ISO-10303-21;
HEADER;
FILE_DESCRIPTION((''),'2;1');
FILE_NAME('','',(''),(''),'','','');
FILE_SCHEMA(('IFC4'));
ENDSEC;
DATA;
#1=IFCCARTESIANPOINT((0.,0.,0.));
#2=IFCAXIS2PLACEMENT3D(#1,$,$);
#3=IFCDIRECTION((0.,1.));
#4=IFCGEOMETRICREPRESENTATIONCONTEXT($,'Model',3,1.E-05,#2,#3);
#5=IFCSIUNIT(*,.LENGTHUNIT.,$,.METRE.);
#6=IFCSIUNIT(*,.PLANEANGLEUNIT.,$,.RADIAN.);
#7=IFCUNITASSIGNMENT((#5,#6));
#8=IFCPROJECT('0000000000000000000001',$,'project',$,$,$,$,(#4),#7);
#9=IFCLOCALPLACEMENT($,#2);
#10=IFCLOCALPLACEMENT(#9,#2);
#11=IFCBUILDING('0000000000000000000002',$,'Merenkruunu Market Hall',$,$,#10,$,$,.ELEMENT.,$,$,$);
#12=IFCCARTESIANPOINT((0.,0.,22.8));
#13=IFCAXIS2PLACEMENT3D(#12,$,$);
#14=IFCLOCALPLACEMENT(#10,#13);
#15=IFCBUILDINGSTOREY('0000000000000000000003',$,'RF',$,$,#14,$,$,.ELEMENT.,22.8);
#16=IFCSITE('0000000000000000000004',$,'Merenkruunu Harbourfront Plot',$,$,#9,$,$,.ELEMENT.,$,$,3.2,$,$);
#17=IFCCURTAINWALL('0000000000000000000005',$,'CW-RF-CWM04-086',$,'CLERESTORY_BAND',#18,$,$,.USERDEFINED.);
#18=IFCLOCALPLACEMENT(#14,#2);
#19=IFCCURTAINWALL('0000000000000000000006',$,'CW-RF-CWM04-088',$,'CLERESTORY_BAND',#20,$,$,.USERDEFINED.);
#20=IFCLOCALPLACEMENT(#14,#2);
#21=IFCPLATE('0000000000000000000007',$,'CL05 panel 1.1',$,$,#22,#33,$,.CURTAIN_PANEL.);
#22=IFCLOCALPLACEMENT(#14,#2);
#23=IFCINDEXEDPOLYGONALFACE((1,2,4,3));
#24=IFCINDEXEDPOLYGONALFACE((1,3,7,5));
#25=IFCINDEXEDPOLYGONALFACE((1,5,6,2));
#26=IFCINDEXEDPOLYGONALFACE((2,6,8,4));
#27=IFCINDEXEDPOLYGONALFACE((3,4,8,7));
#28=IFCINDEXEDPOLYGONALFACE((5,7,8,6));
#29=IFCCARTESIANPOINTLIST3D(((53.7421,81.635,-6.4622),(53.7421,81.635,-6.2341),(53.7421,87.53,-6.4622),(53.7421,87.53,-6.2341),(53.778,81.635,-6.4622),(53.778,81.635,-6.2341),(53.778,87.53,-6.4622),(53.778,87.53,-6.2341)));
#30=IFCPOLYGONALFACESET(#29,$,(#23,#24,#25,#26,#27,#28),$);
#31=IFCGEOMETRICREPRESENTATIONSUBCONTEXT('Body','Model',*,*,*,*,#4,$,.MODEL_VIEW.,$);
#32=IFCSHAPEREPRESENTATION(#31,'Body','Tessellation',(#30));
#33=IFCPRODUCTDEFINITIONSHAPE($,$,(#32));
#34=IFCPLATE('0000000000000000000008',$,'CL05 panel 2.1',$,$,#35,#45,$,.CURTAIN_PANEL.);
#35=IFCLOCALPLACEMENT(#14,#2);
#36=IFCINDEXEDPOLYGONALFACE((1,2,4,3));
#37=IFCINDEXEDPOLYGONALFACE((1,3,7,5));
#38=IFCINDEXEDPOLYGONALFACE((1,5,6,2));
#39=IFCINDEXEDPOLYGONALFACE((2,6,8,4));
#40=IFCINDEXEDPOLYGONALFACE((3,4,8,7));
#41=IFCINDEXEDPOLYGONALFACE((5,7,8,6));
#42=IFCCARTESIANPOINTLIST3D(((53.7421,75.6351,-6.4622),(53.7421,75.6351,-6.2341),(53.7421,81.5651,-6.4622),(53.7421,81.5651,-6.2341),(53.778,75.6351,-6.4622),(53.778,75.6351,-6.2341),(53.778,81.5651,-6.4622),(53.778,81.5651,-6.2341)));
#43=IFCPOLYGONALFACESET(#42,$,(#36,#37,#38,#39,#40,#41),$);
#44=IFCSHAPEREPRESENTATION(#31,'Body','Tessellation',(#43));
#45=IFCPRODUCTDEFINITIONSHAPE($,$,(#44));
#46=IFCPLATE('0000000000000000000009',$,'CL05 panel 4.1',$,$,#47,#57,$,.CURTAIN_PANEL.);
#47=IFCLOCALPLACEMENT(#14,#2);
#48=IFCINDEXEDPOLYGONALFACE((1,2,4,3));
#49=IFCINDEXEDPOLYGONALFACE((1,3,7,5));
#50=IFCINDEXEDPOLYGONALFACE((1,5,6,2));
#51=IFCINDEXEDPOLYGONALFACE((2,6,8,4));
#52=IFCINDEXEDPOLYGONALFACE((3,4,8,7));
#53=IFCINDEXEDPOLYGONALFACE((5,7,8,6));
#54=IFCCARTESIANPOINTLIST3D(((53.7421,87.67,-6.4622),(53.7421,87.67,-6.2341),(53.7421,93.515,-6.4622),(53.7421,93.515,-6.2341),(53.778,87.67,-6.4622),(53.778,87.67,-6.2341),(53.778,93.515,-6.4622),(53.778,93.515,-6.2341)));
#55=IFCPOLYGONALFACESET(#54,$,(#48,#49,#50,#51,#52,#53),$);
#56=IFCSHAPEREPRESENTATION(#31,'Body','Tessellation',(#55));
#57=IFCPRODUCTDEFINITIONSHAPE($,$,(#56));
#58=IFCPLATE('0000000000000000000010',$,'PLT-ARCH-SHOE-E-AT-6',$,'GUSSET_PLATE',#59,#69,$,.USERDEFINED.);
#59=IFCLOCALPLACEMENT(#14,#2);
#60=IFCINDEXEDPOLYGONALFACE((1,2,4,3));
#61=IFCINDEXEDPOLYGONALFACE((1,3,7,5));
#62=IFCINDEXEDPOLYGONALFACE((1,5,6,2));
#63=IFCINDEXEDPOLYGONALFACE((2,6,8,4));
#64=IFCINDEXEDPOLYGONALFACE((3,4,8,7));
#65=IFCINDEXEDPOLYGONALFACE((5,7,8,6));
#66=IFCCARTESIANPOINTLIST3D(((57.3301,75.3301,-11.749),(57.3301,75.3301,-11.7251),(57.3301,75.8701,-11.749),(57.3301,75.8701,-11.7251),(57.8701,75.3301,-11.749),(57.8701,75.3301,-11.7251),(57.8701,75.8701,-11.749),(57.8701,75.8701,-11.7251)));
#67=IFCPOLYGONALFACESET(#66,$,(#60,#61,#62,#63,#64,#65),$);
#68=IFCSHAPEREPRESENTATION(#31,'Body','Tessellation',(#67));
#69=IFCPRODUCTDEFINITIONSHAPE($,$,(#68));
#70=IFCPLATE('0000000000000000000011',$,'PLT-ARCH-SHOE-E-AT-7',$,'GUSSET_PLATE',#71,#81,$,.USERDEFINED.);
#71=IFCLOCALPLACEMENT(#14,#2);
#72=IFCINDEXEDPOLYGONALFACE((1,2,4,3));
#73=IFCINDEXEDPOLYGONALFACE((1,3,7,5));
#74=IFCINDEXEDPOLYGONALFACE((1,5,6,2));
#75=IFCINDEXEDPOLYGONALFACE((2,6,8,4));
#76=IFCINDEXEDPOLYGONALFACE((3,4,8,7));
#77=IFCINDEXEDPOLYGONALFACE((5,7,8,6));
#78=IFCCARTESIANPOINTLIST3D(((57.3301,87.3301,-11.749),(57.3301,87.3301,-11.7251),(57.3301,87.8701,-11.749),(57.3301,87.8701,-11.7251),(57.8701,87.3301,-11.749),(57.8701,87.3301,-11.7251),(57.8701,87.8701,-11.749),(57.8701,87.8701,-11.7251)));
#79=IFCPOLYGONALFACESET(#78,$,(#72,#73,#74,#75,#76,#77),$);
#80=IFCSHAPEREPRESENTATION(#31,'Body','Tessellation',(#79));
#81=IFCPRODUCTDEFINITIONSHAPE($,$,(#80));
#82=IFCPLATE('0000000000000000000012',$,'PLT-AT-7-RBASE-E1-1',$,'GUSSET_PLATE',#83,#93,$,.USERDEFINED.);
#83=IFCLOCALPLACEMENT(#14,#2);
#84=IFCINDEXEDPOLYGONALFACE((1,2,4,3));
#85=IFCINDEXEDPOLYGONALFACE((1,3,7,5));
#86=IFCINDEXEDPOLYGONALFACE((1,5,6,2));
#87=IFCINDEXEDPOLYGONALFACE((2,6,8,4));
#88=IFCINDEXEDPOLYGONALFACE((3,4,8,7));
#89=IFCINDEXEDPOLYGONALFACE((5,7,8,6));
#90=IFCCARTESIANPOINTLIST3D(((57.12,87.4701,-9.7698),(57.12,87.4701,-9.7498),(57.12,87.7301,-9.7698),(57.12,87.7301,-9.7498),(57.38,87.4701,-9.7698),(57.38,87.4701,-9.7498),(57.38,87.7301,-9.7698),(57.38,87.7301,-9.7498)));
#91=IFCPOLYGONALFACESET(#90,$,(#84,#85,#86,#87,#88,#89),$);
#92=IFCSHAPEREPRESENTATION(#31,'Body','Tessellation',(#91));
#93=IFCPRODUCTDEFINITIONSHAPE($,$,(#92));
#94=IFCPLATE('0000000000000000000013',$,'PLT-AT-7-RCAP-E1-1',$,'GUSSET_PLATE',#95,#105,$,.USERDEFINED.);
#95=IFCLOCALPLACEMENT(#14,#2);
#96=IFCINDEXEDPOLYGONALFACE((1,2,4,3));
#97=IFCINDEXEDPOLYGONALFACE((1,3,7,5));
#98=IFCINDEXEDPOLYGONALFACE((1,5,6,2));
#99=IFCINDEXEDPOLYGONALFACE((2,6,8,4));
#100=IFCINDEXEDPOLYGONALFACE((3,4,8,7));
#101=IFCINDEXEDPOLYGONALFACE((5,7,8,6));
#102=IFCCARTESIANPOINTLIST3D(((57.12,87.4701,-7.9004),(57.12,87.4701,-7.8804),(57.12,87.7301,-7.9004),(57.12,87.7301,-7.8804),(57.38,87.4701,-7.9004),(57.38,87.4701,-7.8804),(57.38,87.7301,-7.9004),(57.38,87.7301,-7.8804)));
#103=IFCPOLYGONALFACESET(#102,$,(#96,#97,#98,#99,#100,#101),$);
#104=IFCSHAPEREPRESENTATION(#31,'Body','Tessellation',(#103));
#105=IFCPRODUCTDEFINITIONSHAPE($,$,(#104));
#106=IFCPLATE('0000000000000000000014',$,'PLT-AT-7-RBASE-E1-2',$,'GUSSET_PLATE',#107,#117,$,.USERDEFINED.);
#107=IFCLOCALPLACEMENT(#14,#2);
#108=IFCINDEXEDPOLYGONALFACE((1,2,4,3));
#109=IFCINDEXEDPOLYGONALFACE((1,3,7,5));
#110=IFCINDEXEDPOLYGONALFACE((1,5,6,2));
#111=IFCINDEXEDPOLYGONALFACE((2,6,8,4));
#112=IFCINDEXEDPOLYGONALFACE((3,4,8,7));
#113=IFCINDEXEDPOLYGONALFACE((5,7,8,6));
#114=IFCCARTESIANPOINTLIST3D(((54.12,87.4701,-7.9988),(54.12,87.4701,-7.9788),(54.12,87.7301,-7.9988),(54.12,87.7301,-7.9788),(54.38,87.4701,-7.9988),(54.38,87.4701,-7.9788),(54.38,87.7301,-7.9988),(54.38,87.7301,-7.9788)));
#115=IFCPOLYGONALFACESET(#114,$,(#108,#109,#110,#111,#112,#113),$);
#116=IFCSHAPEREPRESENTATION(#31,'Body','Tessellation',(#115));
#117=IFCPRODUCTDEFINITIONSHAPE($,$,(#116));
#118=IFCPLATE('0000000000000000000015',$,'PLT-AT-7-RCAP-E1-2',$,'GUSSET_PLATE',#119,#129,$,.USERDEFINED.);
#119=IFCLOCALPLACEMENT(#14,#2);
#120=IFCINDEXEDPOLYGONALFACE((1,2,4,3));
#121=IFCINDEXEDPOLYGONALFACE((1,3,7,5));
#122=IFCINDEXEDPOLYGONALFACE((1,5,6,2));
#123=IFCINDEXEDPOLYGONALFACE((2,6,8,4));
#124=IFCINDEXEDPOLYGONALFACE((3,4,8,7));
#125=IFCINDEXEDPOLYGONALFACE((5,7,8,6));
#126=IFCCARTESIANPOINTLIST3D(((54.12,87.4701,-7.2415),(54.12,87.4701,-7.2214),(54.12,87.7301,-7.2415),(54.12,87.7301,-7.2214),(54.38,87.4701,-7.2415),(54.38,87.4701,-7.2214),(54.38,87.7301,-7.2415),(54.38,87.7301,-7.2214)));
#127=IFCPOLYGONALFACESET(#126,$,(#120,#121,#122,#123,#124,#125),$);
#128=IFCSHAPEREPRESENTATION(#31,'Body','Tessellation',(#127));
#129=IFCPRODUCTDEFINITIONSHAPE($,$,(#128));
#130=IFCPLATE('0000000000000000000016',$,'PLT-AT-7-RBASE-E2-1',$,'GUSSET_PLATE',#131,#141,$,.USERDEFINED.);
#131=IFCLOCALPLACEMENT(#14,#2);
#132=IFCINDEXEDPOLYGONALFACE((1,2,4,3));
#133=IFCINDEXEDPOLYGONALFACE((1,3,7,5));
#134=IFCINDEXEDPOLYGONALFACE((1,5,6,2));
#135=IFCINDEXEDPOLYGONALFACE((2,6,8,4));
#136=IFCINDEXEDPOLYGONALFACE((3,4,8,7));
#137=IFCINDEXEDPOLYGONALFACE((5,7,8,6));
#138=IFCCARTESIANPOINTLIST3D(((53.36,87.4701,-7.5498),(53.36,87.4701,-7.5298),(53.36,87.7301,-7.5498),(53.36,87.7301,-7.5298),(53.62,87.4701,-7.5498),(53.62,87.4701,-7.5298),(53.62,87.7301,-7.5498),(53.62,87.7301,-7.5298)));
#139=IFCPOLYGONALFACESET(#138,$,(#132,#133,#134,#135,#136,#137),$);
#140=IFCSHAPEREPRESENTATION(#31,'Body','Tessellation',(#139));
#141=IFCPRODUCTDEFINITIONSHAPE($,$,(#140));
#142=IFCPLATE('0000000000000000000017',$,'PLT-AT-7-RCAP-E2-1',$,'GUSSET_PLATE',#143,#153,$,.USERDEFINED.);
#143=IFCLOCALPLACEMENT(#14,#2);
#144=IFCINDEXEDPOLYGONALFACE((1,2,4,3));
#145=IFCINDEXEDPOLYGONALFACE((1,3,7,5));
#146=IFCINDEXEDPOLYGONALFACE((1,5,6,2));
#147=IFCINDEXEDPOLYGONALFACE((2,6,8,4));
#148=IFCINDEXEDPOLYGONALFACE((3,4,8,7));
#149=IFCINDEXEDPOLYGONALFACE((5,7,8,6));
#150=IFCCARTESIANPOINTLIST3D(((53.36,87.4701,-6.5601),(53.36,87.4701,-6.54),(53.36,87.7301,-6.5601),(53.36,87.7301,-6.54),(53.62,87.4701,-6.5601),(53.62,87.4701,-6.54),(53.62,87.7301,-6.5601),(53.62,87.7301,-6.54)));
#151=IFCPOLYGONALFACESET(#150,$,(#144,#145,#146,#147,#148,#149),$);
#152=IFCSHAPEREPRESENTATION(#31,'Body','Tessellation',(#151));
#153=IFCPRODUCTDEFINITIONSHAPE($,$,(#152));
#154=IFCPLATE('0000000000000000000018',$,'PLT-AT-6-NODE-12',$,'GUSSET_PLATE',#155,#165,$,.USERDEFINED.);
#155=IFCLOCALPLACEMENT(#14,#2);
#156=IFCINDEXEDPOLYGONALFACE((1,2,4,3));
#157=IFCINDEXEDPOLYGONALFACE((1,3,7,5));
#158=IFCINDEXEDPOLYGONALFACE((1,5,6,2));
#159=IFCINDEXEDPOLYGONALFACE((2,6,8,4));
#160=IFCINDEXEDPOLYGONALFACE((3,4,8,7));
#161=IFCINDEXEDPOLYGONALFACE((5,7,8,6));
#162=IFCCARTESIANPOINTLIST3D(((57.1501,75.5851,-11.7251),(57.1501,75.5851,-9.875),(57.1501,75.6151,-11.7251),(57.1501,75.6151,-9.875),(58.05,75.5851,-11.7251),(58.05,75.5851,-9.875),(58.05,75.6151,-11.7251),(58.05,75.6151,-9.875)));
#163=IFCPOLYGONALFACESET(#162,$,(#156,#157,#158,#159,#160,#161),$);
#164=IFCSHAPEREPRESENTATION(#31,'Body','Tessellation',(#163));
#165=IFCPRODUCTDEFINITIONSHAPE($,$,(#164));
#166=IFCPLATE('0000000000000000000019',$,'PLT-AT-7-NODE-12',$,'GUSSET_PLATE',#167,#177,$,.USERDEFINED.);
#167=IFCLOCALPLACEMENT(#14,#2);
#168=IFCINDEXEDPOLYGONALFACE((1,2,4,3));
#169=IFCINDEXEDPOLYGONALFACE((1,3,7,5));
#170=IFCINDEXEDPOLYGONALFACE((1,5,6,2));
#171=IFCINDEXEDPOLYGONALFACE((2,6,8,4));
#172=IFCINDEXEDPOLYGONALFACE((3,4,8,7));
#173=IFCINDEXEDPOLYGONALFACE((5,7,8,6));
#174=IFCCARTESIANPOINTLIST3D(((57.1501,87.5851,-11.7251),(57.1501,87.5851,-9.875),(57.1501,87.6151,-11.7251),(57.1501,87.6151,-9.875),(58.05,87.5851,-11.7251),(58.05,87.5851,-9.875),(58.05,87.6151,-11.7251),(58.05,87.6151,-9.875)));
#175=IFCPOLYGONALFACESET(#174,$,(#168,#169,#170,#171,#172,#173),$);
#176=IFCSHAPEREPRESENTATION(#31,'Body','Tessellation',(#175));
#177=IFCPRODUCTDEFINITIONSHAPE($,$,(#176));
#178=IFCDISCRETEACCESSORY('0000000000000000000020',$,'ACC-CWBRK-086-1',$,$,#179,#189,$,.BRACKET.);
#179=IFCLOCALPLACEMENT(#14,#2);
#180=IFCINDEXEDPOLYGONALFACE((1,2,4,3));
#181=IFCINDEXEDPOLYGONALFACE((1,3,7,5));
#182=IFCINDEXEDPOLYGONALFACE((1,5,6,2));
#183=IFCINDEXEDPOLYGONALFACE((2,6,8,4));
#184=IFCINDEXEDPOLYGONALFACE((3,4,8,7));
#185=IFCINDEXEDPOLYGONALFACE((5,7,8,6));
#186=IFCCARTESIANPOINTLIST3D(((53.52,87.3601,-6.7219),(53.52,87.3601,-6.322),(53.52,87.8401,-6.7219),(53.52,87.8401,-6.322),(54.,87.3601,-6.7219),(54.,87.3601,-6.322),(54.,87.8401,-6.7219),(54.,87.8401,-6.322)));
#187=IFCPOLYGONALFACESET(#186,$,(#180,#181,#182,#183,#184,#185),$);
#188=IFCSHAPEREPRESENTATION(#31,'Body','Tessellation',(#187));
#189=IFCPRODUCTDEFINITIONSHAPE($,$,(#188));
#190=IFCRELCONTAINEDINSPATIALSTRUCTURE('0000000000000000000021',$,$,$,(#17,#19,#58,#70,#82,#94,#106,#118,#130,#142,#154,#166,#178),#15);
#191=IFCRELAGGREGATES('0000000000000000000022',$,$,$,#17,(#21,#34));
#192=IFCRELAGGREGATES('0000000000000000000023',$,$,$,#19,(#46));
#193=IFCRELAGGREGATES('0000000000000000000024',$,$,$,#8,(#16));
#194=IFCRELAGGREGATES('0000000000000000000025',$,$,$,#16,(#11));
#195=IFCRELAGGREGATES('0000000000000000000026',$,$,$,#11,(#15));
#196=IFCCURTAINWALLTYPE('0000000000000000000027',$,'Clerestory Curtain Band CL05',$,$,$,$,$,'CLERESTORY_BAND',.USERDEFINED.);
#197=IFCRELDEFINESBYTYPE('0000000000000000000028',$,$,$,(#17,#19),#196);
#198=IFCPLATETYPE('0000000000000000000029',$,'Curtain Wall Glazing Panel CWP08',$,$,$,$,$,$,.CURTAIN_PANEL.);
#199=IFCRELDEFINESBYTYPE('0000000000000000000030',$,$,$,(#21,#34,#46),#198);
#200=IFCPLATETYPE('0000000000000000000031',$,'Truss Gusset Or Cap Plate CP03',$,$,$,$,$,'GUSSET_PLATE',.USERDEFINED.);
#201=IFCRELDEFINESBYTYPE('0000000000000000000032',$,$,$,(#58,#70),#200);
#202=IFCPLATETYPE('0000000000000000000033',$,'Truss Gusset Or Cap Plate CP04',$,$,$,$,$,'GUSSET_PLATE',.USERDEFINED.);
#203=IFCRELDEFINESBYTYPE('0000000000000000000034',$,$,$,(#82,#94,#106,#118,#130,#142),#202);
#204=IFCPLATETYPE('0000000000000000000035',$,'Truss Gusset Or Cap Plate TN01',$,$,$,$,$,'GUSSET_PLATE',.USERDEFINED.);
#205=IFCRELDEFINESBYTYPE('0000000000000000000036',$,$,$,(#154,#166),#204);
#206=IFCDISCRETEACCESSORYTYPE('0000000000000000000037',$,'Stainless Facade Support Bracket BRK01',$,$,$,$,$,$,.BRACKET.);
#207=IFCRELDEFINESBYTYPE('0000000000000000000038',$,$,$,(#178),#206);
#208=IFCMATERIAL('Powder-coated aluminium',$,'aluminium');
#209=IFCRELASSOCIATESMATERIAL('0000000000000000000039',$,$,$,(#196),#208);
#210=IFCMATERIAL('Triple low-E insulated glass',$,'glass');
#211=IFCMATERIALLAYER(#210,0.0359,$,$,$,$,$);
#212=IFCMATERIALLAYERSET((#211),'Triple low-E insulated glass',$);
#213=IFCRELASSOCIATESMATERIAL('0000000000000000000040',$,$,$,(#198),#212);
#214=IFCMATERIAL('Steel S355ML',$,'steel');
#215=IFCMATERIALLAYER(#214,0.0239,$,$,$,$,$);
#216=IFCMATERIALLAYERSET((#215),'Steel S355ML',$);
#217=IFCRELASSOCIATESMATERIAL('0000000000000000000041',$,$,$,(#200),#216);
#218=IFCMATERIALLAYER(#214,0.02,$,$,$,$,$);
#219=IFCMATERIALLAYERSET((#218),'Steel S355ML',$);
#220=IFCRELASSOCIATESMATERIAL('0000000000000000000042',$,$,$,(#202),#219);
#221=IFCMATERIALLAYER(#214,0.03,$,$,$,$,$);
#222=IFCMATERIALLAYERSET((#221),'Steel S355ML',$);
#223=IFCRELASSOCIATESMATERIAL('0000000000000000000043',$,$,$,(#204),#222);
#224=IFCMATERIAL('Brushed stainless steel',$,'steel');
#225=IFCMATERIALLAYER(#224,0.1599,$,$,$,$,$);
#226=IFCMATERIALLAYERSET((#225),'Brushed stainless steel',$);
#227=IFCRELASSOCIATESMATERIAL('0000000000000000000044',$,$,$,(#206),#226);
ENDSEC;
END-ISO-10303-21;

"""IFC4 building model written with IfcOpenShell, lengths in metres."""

from ifc_helpers import new_model, si_unit, direction, frame, origin, origin_2d, place, context, subcontext, project, spatial, rectangle, extrude, material, layer, layer_set, type_object, element, aggregate, save


model = new_model("IFC4")

# Units and contexts
model_context = context("Model", 3, precision=1e-05, world=origin(), true_north=direction((0.0, 1.0)))
body_context = subcontext(model_context, "Body", "Model", "MODEL_VIEW")
ifc_project = project(units=[si_unit("LENGTHUNIT", "METRE"), si_unit("PLANEANGLEUNIT", "RADIAN")], contexts=[model_context])

# Site, building, storey
site_placement = place(None, origin())
site = spatial("IfcSite", under=ifc_project, at=site_placement, Name="Merenkruunu Harbourfront Plot", CompositionType="ELEMENT", RefElevation=3.2)
building_placement = place(site_placement, origin())
building = spatial("IfcBuilding", under=site, at=building_placement, Name="Merenkruunu Market Hall", CompositionType="ELEMENT")
storey_placement = place(building_placement, frame((0.0, 0.0, 22.8)))
storey = spatial("IfcBuildingStorey", under=building, at=storey_placement, Name="RF", CompositionType="ELEMENT", Elevation=22.8)

# Curtain wall
ifc_material_1 = material(Name="Powder-coated aluminium", Category="aluminium")
curtain_wall_type = type_object("IfcCurtainWallType", Name="Clerestory Curtain Band CL05", ElementType="CLERESTORY_BAND", PredefinedType="USERDEFINED", material=ifc_material_1)
curtain_wall_1_placement = place(storey_placement, origin())
curtain_wall_1 = element("IfcCurtainWall", 1, at=curtain_wall_1_placement, inside=storey, type_object=curtain_wall_type, Name="CW-RF-CWM04-086", ObjectType="CLERESTORY_BAND", PredefinedType="USERDEFINED")

# Curtain wall
curtain_wall_2_placement = place(storey_placement, origin())
curtain_wall_2 = element("IfcCurtainWall", 2, at=curtain_wall_2_placement, inside=storey, type_object=curtain_wall_type, Name="CW-RF-CWM04-088", ObjectType="CLERESTORY_BAND", PredefinedType="USERDEFINED")

# Shared definitions
ifc_material_2 = material(Name="Steel S355ML", Category="steel")

# Plates
ifc_material_3 = material(Name="Triple low-E insulated glass", Category="glass")
ifc_layer_1 = layer(ifc_material_3, 0.0359)
ifc_layer_set_1 = layer_set([ifc_layer_1], Name="Triple low-E insulated glass")
plate_type_1 = type_object("IfcPlateType", Name="Curtain Wall Glazing Panel CWP08", PredefinedType="CURTAIN_PANEL", material=ifc_layer_set_1)
plate_1_placement = place(storey_placement, frame((53.76, 84.5825, -6.4622), z_axis=(0.0, 0.0, 1.0), x_axis=(0.0, -1.0, 0.0)))
plate_1 = element("IfcPlate", 3, at=plate_1_placement, type_object=plate_type_1, Name="CL05 panel 1.1", PredefinedType="CURTAIN_PANEL", context=body_context, shape_type="SweptSolid", body=[
    extrude(rectangle(XDim=5.895, YDim=0.0359, at=origin_2d()), origin(), (0.0, 0.0, 1.0), 0.228),
])
plate_2_placement = place(storey_placement, frame((53.76, 78.6001, -6.4622), z_axis=(0.0, 0.0, 1.0), x_axis=(0.0, -1.0, 0.0)))
plate_2 = element("IfcPlate", 4, at=plate_2_placement, type_object=plate_type_1, Name="CL05 panel 2.1", PredefinedType="CURTAIN_PANEL", context=body_context, shape_type="SweptSolid", body=[
    extrude(rectangle(XDim=5.9299, YDim=0.0359, at=origin_2d()), origin(), (0.0, 0.0, 1.0), 0.228),
])
aggregate(curtain_wall_1, [plate_1, plate_2])
plate_3_placement = place(storey_placement, frame((53.76, 90.5925, -6.4622), z_axis=(0.0, 0.0, 1.0), x_axis=(0.0, -1.0, 0.0)))
plate_3 = element("IfcPlate", 5, at=plate_3_placement, type_object=plate_type_1, Name="CL05 panel 4.1", PredefinedType="CURTAIN_PANEL", context=body_context, shape_type="SweptSolid", body=[
    extrude(rectangle(XDim=5.845, YDim=0.0359, at=origin_2d()), origin(), (0.0, 0.0, 1.0), 0.228),
])
aggregate(curtain_wall_2, [plate_3])

# Plates
ifc_layer_2 = layer(ifc_material_2, 0.0239)
ifc_layer_set_2 = layer_set([ifc_layer_2], Name="Steel S355ML")
plate_type_2 = type_object("IfcPlateType", Name="Truss Gusset Or Cap Plate CP03", ElementType="GUSSET_PLATE", PredefinedType="USERDEFINED", material=ifc_layer_set_2)
for number, where, z_axis, x_axis, name in (
    (6, (57.6001, 75.6001, -11.749), (0.0, 0.0, 1.0), (1.0, 0.0, 0.0), "PLT-ARCH-SHOE-E-AT-6"),
    (7, (57.6001, 87.6001, -11.749), (0.0, 0.0, 1.0), (1.0, 0.0, 0.0), "PLT-ARCH-SHOE-E-AT-7"),
):
    element("IfcPlate", number, at=place(storey_placement, frame(where, z_axis=z_axis, x_axis=x_axis)), inside=storey, type_object=plate_type_2, Name=name, ObjectType="GUSSET_PLATE", PredefinedType="USERDEFINED", context=body_context, shape_type="SweptSolid", body=[
        extrude(rectangle(XDim=0.54, YDim=0.54, at=origin_2d()), origin(), (0.0, 0.0, 1.0), 0.0239),
    ])
ifc_layer_3 = layer(ifc_material_2, 0.02)
ifc_layer_set_3 = layer_set([ifc_layer_3], Name="Steel S355ML")
plate_type_3 = type_object("IfcPlateType", Name="Truss Gusset Or Cap Plate CP04", ElementType="GUSSET_PLATE", PredefinedType="USERDEFINED", material=ifc_layer_set_3)
for number, where, z_axis, x_axis, name in (
    (8, (57.25, 87.6001, -9.7698), (0.0, 0.0, 1.0), (1.0, 0.0, 0.0), "PLT-AT-7-RBASE-E1-1"),
    (9, (57.25, 87.6001, -7.9004), (0.0, 0.0, 1.0), (1.0, 0.0, 0.0), "PLT-AT-7-RCAP-E1-1"),
    (10, (54.25, 87.6001, -7.9988), (0.0, 0.0, 1.0), (1.0, 0.0, 0.0), "PLT-AT-7-RBASE-E1-2"),
    (11, (54.25, 87.6001, -7.2415), (0.0, 0.0, 1.0), (1.0, 0.0, 0.0), "PLT-AT-7-RCAP-E1-2"),
    (12, (53.49, 87.6001, -7.5498), (0.0, 0.0, 1.0), (1.0, 0.0, 0.0), "PLT-AT-7-RBASE-E2-1"),
    (13, (53.49, 87.6001, -6.5601), (0.0, 0.0, 1.0), (1.0, 0.0, 0.0), "PLT-AT-7-RCAP-E2-1"),
):
    element("IfcPlate", number, at=place(storey_placement, frame(where, z_axis=z_axis, x_axis=x_axis)), inside=storey, type_object=plate_type_3, Name=name, ObjectType="GUSSET_PLATE", PredefinedType="USERDEFINED", context=body_context, shape_type="SweptSolid", body=[
        extrude(rectangle(XDim=0.26, YDim=0.26, at=origin_2d()), origin(), (0.0, 0.0, 1.0), 0.02),
    ])
ifc_layer_4 = layer(ifc_material_2, 0.03)
ifc_layer_set_4 = layer_set([ifc_layer_4], Name="Steel S355ML")
plate_type_4 = type_object("IfcPlateType", Name="Truss Gusset Or Cap Plate TN01", ElementType="GUSSET_PLATE", PredefinedType="USERDEFINED", material=ifc_layer_set_4)
for number, where, z_axis, x_axis, name in (
    (14, (57.6001, 75.6001, -11.7251), (0.0, 0.0, 1.0), (1.0, 0.0, 0.0), "PLT-AT-6-NODE-12"),
    (15, (57.6001, 87.6001, -11.7251), (0.0, 0.0, 1.0), (1.0, 0.0, 0.0), "PLT-AT-7-NODE-12"),
):
    element("IfcPlate", number, at=place(storey_placement, frame(where, z_axis=z_axis, x_axis=x_axis)), inside=storey, type_object=plate_type_4, Name=name, ObjectType="GUSSET_PLATE", PredefinedType="USERDEFINED", context=body_context, shape_type="SweptSolid", body=[
        extrude(rectangle(XDim=0.8999, YDim=0.03, at=origin_2d()), origin(), (0.0, 0.0, 1.0), 1.8501),
    ])

# Discrete accessory
ifc_material_4 = material(Name="Brushed stainless steel", Category="steel")
ifc_layer_5 = layer(ifc_material_4, 0.1599)
ifc_layer_set_5 = layer_set([ifc_layer_5], Name="Brushed stainless steel")
discrete_accessory_type = type_object("IfcDiscreteAccessoryType", Name="Stainless Facade Support Bracket BRK01", PredefinedType="BRACKET", material=ifc_layer_set_5)
discrete_accessory_placement = place(storey_placement, frame((53.76, 87.6001, -6.7219), z_axis=(0.0, 0.0, 1.0), x_axis=(1.0, 0.0, 0.0)))
element("IfcDiscreteAccessory", 16, at=discrete_accessory_placement, inside=storey, type_object=discrete_accessory_type, Name="ACC-CWBRK-086-1", PredefinedType="BRACKET", context=body_context, shape_type="SweptSolid", body=[
    extrude(rectangle(XDim=0.48, YDim=0.48, at=origin_2d()), origin(), (0.0, 0.0, 1.0), 0.3999),
])

save(model, "model.ifc")
